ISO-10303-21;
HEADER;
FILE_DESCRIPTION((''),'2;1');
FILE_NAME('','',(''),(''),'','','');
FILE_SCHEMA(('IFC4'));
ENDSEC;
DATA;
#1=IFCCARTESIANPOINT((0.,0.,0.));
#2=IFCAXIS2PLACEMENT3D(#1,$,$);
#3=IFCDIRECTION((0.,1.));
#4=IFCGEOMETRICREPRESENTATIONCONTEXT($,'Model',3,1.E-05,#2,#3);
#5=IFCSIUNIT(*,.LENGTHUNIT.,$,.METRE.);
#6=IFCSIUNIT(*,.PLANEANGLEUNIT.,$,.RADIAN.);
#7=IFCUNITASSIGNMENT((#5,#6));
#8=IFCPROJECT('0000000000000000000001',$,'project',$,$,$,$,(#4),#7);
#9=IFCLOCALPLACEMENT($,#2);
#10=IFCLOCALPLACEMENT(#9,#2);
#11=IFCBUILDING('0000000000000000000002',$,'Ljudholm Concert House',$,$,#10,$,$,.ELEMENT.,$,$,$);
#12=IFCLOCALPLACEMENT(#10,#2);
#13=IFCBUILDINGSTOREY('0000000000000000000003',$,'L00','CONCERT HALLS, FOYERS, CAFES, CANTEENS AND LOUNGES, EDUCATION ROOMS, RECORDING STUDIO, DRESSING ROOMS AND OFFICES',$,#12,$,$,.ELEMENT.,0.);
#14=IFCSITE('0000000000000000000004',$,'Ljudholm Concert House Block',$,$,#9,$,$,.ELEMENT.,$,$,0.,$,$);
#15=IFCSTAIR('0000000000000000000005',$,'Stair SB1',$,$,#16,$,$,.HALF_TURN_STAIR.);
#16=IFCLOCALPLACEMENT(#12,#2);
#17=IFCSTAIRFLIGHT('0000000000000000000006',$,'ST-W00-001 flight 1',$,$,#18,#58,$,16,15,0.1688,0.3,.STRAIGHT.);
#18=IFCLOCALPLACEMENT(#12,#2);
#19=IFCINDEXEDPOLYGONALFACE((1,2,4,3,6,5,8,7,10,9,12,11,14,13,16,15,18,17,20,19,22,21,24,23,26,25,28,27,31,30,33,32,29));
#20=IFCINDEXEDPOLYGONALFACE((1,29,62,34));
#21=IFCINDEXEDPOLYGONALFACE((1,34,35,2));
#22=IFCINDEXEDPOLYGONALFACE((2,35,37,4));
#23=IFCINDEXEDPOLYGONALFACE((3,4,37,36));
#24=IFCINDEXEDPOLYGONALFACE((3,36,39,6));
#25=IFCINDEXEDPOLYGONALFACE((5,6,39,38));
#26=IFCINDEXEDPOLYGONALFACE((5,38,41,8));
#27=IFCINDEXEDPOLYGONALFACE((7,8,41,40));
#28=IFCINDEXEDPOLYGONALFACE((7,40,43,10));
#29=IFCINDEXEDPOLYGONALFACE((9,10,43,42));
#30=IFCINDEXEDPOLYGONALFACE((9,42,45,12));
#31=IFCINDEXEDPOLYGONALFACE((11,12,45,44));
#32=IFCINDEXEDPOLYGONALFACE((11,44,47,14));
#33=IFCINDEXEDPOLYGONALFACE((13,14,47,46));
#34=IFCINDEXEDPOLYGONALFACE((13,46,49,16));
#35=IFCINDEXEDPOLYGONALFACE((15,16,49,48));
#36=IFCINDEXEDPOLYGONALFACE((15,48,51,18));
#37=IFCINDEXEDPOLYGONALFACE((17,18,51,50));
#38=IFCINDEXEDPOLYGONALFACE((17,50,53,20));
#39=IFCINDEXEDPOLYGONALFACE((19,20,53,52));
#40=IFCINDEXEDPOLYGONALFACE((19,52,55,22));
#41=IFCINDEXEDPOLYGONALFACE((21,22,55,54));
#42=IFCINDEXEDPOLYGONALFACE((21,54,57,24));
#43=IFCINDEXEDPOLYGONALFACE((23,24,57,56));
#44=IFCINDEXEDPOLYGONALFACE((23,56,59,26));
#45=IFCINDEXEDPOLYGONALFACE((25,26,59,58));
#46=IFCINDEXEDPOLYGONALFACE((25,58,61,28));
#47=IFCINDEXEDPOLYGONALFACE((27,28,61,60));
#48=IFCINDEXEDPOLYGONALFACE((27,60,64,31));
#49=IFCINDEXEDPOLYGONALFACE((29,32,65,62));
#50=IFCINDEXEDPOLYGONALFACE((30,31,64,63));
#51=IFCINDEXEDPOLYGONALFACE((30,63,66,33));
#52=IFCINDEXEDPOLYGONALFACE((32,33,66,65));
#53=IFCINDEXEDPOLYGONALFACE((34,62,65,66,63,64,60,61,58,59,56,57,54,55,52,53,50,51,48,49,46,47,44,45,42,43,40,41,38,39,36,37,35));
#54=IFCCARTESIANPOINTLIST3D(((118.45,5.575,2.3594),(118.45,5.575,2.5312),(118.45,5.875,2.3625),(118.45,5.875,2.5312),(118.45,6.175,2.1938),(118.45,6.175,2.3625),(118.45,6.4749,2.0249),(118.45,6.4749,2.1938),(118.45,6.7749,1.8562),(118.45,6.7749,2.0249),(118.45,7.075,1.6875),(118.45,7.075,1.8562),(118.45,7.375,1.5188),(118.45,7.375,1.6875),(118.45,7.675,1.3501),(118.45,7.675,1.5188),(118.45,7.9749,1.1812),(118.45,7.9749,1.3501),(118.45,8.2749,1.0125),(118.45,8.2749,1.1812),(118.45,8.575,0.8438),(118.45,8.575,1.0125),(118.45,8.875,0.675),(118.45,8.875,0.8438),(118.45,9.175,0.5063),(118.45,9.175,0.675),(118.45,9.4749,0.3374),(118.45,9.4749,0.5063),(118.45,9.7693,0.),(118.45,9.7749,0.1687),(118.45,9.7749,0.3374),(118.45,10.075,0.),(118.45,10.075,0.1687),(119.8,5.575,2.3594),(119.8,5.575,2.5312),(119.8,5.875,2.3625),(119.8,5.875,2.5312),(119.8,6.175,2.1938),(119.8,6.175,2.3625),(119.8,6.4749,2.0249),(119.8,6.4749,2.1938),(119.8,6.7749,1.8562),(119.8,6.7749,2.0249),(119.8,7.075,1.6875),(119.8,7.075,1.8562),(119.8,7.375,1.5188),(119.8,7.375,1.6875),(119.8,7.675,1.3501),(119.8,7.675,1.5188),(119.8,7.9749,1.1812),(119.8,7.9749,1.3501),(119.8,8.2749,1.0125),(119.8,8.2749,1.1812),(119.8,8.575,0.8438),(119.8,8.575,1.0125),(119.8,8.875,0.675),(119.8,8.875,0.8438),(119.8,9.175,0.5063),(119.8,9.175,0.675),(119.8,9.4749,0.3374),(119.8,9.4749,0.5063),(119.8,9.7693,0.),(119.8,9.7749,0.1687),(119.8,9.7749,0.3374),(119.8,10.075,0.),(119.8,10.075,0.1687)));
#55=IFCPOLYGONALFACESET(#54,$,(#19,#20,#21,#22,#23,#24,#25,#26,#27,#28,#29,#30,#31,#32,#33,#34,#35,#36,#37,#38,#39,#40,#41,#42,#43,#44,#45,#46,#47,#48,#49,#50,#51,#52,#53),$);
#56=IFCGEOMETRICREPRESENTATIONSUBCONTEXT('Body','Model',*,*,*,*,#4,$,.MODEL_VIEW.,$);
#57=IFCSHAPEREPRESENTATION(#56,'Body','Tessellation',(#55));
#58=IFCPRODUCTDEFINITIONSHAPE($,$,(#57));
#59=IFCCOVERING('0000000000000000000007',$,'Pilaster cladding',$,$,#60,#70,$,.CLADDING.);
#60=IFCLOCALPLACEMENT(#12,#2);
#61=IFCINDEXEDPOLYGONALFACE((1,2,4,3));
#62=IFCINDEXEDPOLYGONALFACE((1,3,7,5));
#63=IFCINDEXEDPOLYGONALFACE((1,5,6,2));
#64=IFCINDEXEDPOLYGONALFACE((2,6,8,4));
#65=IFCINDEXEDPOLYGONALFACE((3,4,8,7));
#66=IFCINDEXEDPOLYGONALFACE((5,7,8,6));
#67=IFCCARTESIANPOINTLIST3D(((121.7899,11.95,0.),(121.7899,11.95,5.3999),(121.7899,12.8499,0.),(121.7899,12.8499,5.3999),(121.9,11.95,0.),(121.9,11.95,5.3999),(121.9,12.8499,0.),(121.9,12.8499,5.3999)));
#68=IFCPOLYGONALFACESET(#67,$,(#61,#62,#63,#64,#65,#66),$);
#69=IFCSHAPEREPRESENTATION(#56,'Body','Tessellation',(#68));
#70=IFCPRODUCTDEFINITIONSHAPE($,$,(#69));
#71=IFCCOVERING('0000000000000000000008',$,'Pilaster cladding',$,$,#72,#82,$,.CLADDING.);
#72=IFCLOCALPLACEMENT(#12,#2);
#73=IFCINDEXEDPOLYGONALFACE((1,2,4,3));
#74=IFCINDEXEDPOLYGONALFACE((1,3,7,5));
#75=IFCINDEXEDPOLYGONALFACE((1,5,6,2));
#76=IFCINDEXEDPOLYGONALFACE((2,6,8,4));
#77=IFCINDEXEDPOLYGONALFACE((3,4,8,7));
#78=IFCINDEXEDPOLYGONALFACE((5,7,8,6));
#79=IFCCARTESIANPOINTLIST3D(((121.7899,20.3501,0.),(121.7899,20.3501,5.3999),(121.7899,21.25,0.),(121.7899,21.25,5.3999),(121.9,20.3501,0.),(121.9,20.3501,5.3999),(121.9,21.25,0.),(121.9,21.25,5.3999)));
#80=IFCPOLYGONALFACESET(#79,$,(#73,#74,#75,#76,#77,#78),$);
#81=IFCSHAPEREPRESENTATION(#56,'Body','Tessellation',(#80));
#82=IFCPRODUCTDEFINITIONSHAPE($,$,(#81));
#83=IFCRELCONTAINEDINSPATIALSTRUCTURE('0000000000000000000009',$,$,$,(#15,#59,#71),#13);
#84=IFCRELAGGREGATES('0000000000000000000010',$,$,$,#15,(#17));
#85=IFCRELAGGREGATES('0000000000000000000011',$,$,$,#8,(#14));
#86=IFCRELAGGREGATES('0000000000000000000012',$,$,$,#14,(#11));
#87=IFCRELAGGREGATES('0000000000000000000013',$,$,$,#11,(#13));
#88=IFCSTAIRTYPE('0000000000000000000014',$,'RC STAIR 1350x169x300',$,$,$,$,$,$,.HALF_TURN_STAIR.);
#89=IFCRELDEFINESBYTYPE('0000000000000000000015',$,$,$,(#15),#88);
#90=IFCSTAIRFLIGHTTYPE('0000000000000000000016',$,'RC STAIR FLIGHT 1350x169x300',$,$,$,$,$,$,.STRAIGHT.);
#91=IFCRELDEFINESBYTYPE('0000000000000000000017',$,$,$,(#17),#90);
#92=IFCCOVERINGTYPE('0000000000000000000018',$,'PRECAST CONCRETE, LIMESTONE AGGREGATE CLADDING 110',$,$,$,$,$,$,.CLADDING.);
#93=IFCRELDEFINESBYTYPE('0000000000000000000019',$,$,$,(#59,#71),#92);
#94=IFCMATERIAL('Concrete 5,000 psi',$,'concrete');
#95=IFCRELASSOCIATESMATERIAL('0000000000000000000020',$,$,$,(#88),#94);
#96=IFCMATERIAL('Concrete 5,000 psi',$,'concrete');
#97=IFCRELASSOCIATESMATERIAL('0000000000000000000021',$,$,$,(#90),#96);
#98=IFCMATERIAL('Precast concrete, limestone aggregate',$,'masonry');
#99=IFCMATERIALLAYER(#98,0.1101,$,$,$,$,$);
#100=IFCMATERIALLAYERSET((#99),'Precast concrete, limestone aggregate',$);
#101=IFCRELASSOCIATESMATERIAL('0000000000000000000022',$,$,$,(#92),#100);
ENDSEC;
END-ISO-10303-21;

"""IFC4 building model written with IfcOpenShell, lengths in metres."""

from ifc_helpers import new_model, si_unit, direction, frame, origin, origin_2d, place, context, subcontext, project, spatial, polyline, rectangle, outline, extrude, material, layer, layer_set, type_object, element, aggregate, save


model = new_model("IFC4")

# Units and contexts
model_context = context("Model", 3, precision=1e-05, world=origin(), true_north=direction((0.0, 1.0)))
body_context = subcontext(model_context, "Body", "Model", "MODEL_VIEW")
ifc_project = project(units=[si_unit("LENGTHUNIT", "METRE"), si_unit("PLANEANGLEUNIT", "RADIAN")], contexts=[model_context])

# Site, building, storey
site_placement = place(None, origin())
site = spatial("IfcSite", under=ifc_project, at=site_placement, Name="Ljudholm Concert House Block", CompositionType="ELEMENT", RefElevation=0.0)
building_placement = place(site_placement, origin())
building = spatial("IfcBuilding", under=site, at=building_placement, Name="Ljudholm Concert House", CompositionType="ELEMENT")
storey_placement = place(building_placement, origin())
storey = spatial("IfcBuildingStorey", under=building, at=storey_placement, Name="L00", Description="CONCERT HALLS, FOYERS, CAFES, CANTEENS AND LOUNGES, EDUCATION ROOMS, RECORDING STUDIO, DRESSING ROOMS AND OFFICES", CompositionType="ELEMENT", Elevation=0.0)

# Stair, stair flight
ifc_material_1 = material(Name="Concrete 5,000 psi", Category="concrete")
stair_type = type_object("IfcStairType", Name="RC STAIR 1350x169x300", PredefinedType="HALF_TURN_STAIR", material=ifc_material_1)
stair_placement = place(storey_placement, origin())
stair = element("IfcStair", 1, at=stair_placement, inside=storey, type_object=stair_type, Name="Stair SB1", PredefinedType="HALF_TURN_STAIR")
ifc_material_2 = material(Name="Concrete 5,000 psi", Category="concrete")
stair_flight_type = type_object("IfcStairFlightType", Name="RC STAIR FLIGHT 1350x169x300", PredefinedType="STRAIGHT", material=ifc_material_2)
stair_flight_placement = place(storey_placement, frame((119.125, 10.075, 0.0), z_axis=(0.0, 0.0, 1.0), x_axis=(0.0, -1.0, 0.0)))
stair_flight = element("IfcStairFlight", 2, at=stair_flight_placement, type_object=stair_flight_type, Name="ST-W00-001 flight 1", NumberOfRisers=16, NumberOfTreads=15, PredefinedType="STRAIGHT", RiserHeight=0.1688, TreadLength=0.3, context=body_context, shape_type="SweptSolid", body=[
    extrude(outline(polyline([(0.0, 0.0), (0.0, 0.1687), (0.3, 0.1687), (0.3, 0.3374), (0.6001, 0.3374), (0.6001, 0.5063), (0.8999, 0.5063), (0.8999, 0.675), (1.2, 0.675), (1.2, 0.8438), (1.5, 0.8438), (1.5, 1.0125), (1.8, 1.0125), (1.8, 1.1812), (2.1001, 1.1812), (2.1001, 1.3501), (2.3999, 1.3501), (2.3999, 1.5188), (2.7, 1.5188), (2.7, 1.6875), (3.0, 1.6875), (3.0, 1.8562), (3.3, 1.8562), (3.3, 2.0249), (3.6001, 2.0249), (3.6001, 2.1938), (3.8999, 2.1938), (3.8999, 2.3625), (4.2, 2.3625), (4.2, 2.5312), (4.5, 2.5312), (4.5, 2.7), (4.5, 2.3594), (0.3057, 0.0), (0.0, 0.0)])), frame((0.0, 0.675, 0.0), z_axis=(0.0, -1.0, 0.0), x_axis=(1.0, 0.0, 0.0)), (0.0, 0.0, 1.0), 1.3501),
])
aggregate(stair, [stair_flight])

# Coverings
ifc_material_3 = material(Name="Precast concrete, limestone aggregate", Category="masonry")
ifc_layer_1 = layer(ifc_material_3, 0.1101)
ifc_layer_set_1 = layer_set([ifc_layer_1], Name="Precast concrete, limestone aggregate")
covering_type = type_object("IfcCoveringType", Name="PRECAST CONCRETE, LIMESTONE AGGREGATE CLADDING 110", PredefinedType="CLADDING", material=ifc_layer_set_1)
for number, where, z_axis, x_axis, name in (
    (3, (121.845, 12.3999, 0.0), (0.0, 0.0, 1.0), (1.0, 0.0, 0.0), "Pilaster cladding"),
    (4, (121.845, 20.8, 0.0), (0.0, 0.0, 1.0), (1.0, 0.0, 0.0), "Pilaster cladding"),
):
    element("IfcCovering", number, at=place(storey_placement, frame(where, z_axis=z_axis, x_axis=x_axis)), inside=storey, type_object=covering_type, Name=name, PredefinedType="CLADDING", context=body_context, shape_type="SweptSolid", body=[
        extrude(rectangle(XDim=0.1101, YDim=0.8999, at=origin_2d()), origin(), (0.0, 0.0, 1.0), 5.3999),
    ])

save(model, "model.ifc")
